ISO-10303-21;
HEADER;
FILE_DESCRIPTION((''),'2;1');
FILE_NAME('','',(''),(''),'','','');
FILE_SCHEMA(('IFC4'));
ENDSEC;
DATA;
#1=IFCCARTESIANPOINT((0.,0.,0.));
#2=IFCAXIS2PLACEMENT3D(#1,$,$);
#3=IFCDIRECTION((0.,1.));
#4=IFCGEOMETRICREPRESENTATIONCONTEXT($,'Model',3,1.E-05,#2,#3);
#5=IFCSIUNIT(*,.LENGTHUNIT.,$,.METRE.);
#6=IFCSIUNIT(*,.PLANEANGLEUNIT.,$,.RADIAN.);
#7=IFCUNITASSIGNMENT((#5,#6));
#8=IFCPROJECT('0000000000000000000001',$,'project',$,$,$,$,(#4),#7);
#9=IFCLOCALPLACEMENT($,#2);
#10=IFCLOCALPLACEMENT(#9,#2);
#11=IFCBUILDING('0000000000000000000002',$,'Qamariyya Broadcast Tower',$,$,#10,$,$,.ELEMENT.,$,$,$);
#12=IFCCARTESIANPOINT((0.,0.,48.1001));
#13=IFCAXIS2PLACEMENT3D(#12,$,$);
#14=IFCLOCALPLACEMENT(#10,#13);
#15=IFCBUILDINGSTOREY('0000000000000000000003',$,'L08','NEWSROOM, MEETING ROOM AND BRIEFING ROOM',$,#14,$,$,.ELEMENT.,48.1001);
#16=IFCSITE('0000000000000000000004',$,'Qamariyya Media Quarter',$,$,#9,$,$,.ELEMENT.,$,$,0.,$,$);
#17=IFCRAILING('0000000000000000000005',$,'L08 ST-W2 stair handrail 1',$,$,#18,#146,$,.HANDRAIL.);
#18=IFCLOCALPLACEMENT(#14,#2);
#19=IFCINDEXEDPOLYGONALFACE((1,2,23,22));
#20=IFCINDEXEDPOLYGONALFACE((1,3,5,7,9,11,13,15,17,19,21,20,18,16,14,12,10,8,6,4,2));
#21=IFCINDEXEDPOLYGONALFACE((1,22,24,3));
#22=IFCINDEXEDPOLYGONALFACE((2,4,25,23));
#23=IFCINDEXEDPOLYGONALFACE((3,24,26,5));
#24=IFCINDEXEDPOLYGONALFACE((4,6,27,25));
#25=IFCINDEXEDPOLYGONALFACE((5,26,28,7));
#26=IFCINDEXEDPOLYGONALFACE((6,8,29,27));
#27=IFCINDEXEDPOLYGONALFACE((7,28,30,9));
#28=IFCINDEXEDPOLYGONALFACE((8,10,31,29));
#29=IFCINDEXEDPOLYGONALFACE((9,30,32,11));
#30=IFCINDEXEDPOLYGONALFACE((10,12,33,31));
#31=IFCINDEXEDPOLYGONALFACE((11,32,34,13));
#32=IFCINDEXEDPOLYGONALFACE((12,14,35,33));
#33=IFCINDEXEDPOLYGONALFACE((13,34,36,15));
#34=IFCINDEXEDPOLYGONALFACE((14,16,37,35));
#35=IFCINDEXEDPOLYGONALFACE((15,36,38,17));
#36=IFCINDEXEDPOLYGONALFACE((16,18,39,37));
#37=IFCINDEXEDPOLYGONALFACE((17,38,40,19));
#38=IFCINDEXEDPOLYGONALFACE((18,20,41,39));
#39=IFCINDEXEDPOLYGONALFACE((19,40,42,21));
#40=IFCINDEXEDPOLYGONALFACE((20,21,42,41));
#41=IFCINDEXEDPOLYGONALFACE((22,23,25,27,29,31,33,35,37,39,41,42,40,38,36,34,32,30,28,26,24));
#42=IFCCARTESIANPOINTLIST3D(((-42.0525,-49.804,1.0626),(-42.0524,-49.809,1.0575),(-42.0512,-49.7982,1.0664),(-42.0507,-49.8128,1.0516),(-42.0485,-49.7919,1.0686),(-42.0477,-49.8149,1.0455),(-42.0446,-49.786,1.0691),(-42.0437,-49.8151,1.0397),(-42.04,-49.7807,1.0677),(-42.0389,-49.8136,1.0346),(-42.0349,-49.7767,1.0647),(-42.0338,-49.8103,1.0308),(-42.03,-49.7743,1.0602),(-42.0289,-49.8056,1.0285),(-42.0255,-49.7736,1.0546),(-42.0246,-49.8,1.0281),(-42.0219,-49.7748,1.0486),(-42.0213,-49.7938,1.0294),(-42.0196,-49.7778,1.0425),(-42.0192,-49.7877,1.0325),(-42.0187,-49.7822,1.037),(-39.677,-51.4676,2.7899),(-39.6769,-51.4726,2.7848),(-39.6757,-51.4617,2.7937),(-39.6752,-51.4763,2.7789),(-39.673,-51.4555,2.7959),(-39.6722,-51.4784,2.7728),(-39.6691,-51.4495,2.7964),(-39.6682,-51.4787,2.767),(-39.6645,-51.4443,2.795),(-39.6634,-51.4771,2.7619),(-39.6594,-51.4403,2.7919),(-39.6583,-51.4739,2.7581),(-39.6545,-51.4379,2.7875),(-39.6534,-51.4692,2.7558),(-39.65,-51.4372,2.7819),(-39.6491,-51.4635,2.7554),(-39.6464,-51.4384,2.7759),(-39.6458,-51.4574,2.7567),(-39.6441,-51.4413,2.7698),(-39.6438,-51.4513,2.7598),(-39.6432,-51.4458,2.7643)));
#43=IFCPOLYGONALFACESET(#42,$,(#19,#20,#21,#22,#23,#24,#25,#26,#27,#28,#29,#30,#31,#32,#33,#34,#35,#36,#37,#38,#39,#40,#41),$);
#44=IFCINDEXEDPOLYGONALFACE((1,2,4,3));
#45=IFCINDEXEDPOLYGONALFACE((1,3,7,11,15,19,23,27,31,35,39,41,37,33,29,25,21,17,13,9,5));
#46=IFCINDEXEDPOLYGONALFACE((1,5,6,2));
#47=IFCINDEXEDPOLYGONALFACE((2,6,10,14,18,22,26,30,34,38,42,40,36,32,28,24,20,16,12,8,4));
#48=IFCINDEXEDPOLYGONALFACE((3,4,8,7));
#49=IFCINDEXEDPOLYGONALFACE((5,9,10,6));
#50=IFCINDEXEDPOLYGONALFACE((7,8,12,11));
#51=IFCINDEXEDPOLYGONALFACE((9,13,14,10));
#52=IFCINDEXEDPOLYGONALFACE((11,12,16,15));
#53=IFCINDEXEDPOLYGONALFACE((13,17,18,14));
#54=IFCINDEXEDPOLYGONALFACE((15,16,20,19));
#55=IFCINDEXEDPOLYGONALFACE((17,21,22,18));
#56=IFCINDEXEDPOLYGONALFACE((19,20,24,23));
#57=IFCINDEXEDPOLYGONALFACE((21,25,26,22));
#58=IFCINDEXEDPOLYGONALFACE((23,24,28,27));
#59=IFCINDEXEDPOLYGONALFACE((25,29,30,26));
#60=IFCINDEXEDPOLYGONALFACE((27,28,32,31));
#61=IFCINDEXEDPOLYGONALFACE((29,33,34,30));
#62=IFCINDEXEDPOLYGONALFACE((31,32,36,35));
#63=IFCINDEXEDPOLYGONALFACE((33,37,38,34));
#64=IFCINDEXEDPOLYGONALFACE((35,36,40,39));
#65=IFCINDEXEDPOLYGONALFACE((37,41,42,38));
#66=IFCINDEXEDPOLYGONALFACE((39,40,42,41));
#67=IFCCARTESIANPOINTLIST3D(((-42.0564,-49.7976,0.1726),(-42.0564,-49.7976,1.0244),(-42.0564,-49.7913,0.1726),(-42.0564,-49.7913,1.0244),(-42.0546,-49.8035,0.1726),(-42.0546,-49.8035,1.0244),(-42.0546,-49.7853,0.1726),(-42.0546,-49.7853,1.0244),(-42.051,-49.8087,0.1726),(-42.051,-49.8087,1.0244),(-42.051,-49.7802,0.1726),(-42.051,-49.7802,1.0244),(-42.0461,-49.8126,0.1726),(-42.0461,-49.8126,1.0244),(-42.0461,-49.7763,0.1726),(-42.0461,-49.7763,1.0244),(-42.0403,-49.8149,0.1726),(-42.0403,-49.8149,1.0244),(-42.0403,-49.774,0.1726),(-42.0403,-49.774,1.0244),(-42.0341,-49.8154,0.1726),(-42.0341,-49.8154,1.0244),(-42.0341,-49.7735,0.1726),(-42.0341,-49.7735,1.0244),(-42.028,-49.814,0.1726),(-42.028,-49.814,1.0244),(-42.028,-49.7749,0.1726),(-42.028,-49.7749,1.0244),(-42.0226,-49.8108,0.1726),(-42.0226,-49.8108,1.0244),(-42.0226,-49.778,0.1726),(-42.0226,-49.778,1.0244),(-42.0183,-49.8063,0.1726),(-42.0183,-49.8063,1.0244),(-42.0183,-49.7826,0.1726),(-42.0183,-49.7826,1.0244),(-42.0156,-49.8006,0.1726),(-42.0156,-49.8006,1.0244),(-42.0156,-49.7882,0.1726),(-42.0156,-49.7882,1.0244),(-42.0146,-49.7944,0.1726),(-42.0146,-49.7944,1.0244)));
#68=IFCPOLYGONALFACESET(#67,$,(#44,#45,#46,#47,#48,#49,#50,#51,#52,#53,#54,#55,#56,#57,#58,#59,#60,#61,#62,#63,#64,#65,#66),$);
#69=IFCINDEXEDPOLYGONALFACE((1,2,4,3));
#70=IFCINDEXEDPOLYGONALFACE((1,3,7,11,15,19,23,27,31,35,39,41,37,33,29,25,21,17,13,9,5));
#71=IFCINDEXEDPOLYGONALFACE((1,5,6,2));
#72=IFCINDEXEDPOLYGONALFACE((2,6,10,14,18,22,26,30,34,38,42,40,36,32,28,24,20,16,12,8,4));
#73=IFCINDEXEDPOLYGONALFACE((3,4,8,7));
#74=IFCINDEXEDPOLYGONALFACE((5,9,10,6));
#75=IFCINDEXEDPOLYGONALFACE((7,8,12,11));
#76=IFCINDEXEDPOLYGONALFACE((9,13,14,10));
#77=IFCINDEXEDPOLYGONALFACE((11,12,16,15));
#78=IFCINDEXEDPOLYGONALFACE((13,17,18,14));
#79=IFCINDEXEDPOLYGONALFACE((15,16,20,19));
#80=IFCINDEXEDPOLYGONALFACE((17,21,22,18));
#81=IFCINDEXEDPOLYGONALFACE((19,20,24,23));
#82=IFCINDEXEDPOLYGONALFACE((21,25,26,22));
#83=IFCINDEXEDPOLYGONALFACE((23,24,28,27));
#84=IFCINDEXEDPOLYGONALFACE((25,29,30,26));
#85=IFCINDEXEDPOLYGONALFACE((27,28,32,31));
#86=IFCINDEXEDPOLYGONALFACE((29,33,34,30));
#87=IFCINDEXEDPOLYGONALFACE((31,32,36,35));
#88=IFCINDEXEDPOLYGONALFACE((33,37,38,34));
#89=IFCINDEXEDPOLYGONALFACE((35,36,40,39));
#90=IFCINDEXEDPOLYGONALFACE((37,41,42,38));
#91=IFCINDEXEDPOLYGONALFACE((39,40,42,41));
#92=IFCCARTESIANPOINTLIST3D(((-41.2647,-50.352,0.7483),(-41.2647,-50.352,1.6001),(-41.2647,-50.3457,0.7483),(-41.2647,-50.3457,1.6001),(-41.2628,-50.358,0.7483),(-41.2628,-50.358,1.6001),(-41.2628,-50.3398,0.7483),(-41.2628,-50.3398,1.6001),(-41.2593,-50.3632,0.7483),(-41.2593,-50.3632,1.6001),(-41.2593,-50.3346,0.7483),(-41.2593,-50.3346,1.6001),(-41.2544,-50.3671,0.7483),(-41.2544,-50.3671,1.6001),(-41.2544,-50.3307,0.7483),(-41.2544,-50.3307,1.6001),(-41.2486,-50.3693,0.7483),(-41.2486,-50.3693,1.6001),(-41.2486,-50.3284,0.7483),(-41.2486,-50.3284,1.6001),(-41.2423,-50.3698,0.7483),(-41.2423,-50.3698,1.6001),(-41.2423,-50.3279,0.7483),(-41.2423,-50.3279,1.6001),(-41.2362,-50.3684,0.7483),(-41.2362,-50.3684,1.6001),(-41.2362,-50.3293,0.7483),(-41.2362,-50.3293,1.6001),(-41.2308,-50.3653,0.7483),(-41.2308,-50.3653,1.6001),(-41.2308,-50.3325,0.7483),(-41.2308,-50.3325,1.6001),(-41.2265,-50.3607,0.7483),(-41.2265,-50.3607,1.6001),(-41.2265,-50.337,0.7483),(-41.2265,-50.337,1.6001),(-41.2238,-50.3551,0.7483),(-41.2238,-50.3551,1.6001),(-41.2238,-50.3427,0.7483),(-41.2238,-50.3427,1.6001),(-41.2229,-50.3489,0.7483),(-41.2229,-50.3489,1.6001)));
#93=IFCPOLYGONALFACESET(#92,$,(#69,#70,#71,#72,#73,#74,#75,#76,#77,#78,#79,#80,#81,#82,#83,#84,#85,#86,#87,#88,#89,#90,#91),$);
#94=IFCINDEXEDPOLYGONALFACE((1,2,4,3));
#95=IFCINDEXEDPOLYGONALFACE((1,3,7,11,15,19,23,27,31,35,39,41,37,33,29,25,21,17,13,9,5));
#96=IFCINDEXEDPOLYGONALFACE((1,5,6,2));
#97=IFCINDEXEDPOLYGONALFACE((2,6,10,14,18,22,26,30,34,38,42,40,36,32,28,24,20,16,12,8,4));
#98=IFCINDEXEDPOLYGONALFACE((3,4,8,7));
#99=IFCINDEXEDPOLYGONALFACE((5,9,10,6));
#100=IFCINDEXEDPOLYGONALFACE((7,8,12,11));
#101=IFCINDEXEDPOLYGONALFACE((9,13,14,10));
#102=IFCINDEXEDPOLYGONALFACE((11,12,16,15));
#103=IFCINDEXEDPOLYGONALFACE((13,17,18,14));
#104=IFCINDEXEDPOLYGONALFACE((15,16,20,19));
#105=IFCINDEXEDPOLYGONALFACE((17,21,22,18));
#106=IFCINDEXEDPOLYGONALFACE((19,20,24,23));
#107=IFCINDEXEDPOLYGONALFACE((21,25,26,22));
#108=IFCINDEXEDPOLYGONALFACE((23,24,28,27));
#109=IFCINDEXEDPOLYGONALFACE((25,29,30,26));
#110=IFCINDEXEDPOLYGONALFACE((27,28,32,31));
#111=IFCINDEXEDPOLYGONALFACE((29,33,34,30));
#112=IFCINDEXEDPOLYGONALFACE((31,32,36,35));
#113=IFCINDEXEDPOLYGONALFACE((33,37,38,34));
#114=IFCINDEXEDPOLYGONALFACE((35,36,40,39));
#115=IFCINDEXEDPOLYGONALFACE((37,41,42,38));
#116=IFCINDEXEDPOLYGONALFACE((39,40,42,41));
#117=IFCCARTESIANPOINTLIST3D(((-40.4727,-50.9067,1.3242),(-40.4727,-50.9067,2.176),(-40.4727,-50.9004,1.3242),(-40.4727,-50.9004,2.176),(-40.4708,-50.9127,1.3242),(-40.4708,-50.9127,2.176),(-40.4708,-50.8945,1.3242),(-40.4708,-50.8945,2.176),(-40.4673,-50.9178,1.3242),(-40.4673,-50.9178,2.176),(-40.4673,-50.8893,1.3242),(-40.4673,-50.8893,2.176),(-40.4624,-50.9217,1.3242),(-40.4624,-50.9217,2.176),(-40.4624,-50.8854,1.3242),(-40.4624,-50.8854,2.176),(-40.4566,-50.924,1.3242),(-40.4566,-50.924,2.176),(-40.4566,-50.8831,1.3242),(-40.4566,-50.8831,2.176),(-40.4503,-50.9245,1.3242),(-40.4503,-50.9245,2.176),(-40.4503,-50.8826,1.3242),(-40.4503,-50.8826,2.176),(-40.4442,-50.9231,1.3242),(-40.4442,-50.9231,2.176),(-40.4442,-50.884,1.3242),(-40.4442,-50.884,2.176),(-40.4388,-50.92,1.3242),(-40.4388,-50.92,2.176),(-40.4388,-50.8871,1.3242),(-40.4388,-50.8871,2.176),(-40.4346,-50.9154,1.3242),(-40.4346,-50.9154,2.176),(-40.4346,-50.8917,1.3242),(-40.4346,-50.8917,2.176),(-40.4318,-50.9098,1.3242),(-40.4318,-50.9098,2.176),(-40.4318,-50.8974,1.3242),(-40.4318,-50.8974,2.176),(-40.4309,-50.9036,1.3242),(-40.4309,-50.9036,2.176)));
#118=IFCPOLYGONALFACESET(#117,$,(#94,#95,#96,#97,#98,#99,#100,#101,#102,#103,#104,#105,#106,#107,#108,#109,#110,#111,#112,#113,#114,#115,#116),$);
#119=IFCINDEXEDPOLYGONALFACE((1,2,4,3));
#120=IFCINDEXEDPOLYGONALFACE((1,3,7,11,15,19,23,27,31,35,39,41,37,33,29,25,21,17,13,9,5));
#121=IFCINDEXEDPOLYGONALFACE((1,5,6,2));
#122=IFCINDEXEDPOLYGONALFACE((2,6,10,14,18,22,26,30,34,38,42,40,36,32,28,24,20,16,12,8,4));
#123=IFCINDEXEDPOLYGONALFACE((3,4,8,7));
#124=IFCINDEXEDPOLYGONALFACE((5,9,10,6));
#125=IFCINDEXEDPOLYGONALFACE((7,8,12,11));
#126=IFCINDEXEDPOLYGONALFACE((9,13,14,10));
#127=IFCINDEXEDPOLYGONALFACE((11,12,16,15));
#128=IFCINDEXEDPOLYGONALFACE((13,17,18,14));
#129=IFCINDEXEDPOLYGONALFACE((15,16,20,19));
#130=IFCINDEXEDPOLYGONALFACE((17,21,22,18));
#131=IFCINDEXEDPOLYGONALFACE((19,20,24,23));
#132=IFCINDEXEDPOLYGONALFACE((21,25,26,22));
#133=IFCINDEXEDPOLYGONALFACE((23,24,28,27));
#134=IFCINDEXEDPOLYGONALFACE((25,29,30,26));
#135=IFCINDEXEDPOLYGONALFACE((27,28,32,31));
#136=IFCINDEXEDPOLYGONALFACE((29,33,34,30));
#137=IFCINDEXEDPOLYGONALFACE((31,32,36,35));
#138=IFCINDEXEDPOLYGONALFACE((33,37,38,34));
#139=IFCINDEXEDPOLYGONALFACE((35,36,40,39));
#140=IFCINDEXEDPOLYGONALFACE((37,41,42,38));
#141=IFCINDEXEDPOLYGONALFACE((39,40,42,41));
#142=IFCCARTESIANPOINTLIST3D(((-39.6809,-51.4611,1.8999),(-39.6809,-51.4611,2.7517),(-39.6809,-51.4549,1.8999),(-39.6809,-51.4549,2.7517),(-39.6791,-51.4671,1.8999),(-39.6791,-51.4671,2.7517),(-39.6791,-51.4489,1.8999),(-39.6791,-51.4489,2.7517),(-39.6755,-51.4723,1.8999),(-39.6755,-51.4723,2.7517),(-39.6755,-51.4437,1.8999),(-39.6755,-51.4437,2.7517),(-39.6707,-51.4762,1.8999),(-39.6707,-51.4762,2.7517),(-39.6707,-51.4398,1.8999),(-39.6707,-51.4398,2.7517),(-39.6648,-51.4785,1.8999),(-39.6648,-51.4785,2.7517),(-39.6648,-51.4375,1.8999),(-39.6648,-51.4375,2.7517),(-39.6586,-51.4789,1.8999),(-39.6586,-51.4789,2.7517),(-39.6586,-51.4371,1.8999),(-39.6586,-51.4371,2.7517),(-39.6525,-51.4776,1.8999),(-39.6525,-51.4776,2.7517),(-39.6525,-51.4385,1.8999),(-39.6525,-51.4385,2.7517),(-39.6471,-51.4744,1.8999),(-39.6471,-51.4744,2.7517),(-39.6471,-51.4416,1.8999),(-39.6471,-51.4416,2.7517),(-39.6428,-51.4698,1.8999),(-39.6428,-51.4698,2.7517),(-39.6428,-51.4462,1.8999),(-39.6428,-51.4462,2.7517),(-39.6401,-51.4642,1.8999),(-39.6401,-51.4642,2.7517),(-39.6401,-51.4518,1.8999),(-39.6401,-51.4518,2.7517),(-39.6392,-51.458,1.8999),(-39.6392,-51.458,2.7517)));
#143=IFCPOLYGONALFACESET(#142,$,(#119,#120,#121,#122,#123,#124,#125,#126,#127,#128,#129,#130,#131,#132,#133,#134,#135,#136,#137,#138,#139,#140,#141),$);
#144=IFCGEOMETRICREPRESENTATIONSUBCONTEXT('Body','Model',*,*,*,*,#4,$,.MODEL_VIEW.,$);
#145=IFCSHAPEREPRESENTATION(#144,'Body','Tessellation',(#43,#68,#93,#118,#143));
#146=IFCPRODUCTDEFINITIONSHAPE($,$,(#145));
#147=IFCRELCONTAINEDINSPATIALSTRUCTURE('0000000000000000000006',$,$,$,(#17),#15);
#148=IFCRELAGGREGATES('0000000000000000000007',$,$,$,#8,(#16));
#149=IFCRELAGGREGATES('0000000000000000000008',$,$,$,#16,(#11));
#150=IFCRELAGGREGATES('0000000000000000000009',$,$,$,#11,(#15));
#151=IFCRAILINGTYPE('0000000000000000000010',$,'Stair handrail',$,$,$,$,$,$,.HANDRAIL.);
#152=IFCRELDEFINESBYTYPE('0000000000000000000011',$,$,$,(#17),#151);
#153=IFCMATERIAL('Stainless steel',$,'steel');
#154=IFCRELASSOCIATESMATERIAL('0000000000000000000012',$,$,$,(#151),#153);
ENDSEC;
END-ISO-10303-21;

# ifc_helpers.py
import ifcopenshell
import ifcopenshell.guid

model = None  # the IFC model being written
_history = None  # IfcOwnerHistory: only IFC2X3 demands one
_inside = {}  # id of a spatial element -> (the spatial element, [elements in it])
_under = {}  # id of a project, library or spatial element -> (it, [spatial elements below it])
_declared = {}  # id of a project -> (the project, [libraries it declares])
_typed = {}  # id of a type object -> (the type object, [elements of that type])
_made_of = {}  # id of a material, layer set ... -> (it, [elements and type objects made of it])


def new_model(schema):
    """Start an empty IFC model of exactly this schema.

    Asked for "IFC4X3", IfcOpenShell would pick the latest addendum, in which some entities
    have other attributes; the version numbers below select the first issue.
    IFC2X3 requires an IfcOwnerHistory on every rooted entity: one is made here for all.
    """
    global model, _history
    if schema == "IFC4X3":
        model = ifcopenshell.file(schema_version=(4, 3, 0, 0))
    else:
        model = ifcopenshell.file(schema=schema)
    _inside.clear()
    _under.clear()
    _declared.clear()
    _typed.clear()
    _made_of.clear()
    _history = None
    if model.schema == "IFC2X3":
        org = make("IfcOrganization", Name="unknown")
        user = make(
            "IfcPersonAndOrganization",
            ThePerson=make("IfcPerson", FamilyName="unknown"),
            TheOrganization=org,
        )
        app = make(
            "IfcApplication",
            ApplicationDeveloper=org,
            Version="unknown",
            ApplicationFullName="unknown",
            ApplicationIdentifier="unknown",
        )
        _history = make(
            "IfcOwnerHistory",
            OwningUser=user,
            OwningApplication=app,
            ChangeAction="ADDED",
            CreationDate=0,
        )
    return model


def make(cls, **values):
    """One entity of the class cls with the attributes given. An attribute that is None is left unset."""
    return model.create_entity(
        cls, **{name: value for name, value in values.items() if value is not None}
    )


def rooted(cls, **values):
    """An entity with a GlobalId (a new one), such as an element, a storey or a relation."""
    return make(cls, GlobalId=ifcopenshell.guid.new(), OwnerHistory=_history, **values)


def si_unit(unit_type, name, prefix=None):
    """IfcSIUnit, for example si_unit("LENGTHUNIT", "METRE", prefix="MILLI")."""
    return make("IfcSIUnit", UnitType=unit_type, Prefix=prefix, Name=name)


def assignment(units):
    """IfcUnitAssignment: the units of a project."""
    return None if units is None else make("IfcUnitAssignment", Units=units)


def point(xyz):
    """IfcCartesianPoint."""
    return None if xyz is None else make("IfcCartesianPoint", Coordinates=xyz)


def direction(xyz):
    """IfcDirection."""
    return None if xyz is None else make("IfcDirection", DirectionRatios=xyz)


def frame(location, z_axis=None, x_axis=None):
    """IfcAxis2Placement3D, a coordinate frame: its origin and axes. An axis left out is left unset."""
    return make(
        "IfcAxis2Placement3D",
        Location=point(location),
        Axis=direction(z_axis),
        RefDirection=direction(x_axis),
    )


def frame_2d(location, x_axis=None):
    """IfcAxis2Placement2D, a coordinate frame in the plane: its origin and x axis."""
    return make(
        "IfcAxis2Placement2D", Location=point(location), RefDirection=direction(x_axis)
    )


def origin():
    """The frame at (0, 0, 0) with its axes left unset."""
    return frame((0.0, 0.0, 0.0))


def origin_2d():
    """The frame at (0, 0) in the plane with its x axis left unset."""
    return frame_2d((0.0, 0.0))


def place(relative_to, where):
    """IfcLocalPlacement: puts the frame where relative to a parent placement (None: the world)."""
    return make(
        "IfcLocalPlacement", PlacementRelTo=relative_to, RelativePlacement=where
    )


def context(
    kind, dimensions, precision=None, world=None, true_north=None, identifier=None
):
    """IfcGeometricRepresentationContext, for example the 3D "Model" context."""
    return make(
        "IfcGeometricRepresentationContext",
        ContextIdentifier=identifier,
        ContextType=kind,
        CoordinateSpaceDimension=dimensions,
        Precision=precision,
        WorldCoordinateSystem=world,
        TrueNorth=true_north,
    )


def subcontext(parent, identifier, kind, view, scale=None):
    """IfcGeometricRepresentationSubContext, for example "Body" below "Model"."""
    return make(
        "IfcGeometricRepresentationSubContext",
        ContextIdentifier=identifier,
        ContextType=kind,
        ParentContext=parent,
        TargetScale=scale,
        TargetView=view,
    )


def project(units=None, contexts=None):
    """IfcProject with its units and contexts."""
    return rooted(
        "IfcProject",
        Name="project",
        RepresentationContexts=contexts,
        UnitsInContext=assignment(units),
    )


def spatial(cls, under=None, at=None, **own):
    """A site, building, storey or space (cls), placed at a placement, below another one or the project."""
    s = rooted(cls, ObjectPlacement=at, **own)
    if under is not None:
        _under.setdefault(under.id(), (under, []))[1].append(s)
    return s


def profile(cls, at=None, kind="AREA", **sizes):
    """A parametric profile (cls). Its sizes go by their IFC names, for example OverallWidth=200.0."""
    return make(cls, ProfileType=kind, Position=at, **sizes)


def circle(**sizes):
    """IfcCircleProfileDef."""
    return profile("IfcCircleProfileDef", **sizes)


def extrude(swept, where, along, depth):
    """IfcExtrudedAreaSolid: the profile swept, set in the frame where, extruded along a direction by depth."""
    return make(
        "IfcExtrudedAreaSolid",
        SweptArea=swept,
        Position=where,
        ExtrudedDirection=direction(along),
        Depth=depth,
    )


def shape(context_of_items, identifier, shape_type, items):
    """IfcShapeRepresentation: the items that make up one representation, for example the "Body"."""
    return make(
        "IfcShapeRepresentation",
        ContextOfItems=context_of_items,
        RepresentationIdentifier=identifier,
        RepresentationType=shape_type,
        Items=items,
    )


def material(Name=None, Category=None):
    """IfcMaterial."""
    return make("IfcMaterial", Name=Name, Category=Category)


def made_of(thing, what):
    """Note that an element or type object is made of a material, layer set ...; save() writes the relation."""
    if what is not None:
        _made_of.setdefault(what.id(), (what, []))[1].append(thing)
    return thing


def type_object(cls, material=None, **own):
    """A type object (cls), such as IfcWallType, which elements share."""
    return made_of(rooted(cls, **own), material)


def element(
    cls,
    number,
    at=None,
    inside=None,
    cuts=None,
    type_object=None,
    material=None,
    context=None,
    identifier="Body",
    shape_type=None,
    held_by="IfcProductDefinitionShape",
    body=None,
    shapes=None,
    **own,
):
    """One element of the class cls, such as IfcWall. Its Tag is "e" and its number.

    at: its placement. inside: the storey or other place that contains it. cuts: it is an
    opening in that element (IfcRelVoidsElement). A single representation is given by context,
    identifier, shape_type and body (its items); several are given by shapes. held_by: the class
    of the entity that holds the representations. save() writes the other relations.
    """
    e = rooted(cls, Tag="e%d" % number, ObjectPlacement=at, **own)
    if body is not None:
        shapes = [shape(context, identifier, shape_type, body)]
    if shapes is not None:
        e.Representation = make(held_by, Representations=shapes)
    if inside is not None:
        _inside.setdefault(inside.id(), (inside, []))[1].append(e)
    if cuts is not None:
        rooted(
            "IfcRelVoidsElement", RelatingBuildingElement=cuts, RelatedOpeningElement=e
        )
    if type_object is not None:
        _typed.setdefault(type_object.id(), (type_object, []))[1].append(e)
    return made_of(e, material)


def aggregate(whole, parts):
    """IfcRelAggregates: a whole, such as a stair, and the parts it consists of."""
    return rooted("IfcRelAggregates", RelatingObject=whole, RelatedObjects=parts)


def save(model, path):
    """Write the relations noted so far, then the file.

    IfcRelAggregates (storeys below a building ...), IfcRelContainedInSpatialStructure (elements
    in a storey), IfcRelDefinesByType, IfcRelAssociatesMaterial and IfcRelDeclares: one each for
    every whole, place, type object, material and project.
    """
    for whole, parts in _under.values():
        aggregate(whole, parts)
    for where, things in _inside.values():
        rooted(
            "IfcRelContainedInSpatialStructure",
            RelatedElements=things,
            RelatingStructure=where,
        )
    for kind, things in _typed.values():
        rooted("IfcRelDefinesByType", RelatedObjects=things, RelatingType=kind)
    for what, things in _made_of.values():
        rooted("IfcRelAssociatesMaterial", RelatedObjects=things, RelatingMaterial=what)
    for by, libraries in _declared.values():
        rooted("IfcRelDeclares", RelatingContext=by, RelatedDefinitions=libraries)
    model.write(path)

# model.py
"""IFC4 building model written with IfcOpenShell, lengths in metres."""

from ifc_helpers import new_model, si_unit, direction, frame, origin, origin_2d, place, context, subcontext, project, spatial, circle, extrude, material, type_object, element, save


model = new_model("IFC4")

# Units and contexts
model_context = context("Model", 3, precision=1e-05, world=origin(), true_north=direction((0.0, 1.0)))
body_context = subcontext(model_context, "Body", "Model", "MODEL_VIEW")
ifc_project = project(units=[si_unit("LENGTHUNIT", "METRE"), si_unit("PLANEANGLEUNIT", "RADIAN")], contexts=[model_context])

# Site, building, storey
site_placement = place(None, origin())
site = spatial("IfcSite", under=ifc_project, at=site_placement, Name="Qamariyya Media Quarter", CompositionType="ELEMENT", RefElevation=0.0)
building_placement = place(site_placement, origin())
building = spatial("IfcBuilding", under=site, at=building_placement, Name="Qamariyya Broadcast Tower", CompositionType="ELEMENT")
storey_placement = place(building_placement, frame((0.0, 0.0, 48.1001)))
storey = spatial("IfcBuildingStorey", under=building, at=storey_placement, Name="L08", Description="NEWSROOM, MEETING ROOM AND BRIEFING ROOM", CompositionType="ELEMENT", Elevation=48.1001)

# Railing
ifc_material_1 = material(Name="Stainless steel", Category="steel")
railing_type_1 = type_object("IfcRailingType", Name="Stair handrail", PredefinedType="HANDRAIL", material=ifc_material_1)
railing_1_placement = place(storey_placement, frame((-42.0356, -49.7944, 0.1726)))
element("IfcRailing", 1, at=railing_1_placement, inside=storey, type_object=railing_type_1, Name="L08 ST-W2 stair handrail 1", PredefinedType="HANDRAIL", context=body_context, shape_type="SweptSolid", body=[
    extrude(circle(Radius=0.0239, at=origin_2d()), frame((0.0, 0.0, 0.876), z_axis=(0.703745, -0.492838, 0.511716), x_axis=(0.573632, 0.819113, 0.0)), (0.0, 0.0, 1.0), 3.3755),
    extrude(circle(Radius=0.021, at=origin_2d()), origin(), (0.0, 0.0, 1.0), 0.8518),
    extrude(circle(Radius=0.021, at=origin_2d()), frame((0.7917, -0.5544, 0.5757)), (0.0, 0.0, 1.0), 0.8518),
    extrude(circle(Radius=0.021, at=origin_2d()), frame((1.5837, -1.1091, 1.1516)), (0.0, 0.0, 1.0), 0.8518),
    extrude(circle(Radius=0.021, at=origin_2d()), frame((2.3755, -1.6636, 1.7273)), (0.0, 0.0, 1.0), 0.8518),
])

save(model, "model.ifc")
